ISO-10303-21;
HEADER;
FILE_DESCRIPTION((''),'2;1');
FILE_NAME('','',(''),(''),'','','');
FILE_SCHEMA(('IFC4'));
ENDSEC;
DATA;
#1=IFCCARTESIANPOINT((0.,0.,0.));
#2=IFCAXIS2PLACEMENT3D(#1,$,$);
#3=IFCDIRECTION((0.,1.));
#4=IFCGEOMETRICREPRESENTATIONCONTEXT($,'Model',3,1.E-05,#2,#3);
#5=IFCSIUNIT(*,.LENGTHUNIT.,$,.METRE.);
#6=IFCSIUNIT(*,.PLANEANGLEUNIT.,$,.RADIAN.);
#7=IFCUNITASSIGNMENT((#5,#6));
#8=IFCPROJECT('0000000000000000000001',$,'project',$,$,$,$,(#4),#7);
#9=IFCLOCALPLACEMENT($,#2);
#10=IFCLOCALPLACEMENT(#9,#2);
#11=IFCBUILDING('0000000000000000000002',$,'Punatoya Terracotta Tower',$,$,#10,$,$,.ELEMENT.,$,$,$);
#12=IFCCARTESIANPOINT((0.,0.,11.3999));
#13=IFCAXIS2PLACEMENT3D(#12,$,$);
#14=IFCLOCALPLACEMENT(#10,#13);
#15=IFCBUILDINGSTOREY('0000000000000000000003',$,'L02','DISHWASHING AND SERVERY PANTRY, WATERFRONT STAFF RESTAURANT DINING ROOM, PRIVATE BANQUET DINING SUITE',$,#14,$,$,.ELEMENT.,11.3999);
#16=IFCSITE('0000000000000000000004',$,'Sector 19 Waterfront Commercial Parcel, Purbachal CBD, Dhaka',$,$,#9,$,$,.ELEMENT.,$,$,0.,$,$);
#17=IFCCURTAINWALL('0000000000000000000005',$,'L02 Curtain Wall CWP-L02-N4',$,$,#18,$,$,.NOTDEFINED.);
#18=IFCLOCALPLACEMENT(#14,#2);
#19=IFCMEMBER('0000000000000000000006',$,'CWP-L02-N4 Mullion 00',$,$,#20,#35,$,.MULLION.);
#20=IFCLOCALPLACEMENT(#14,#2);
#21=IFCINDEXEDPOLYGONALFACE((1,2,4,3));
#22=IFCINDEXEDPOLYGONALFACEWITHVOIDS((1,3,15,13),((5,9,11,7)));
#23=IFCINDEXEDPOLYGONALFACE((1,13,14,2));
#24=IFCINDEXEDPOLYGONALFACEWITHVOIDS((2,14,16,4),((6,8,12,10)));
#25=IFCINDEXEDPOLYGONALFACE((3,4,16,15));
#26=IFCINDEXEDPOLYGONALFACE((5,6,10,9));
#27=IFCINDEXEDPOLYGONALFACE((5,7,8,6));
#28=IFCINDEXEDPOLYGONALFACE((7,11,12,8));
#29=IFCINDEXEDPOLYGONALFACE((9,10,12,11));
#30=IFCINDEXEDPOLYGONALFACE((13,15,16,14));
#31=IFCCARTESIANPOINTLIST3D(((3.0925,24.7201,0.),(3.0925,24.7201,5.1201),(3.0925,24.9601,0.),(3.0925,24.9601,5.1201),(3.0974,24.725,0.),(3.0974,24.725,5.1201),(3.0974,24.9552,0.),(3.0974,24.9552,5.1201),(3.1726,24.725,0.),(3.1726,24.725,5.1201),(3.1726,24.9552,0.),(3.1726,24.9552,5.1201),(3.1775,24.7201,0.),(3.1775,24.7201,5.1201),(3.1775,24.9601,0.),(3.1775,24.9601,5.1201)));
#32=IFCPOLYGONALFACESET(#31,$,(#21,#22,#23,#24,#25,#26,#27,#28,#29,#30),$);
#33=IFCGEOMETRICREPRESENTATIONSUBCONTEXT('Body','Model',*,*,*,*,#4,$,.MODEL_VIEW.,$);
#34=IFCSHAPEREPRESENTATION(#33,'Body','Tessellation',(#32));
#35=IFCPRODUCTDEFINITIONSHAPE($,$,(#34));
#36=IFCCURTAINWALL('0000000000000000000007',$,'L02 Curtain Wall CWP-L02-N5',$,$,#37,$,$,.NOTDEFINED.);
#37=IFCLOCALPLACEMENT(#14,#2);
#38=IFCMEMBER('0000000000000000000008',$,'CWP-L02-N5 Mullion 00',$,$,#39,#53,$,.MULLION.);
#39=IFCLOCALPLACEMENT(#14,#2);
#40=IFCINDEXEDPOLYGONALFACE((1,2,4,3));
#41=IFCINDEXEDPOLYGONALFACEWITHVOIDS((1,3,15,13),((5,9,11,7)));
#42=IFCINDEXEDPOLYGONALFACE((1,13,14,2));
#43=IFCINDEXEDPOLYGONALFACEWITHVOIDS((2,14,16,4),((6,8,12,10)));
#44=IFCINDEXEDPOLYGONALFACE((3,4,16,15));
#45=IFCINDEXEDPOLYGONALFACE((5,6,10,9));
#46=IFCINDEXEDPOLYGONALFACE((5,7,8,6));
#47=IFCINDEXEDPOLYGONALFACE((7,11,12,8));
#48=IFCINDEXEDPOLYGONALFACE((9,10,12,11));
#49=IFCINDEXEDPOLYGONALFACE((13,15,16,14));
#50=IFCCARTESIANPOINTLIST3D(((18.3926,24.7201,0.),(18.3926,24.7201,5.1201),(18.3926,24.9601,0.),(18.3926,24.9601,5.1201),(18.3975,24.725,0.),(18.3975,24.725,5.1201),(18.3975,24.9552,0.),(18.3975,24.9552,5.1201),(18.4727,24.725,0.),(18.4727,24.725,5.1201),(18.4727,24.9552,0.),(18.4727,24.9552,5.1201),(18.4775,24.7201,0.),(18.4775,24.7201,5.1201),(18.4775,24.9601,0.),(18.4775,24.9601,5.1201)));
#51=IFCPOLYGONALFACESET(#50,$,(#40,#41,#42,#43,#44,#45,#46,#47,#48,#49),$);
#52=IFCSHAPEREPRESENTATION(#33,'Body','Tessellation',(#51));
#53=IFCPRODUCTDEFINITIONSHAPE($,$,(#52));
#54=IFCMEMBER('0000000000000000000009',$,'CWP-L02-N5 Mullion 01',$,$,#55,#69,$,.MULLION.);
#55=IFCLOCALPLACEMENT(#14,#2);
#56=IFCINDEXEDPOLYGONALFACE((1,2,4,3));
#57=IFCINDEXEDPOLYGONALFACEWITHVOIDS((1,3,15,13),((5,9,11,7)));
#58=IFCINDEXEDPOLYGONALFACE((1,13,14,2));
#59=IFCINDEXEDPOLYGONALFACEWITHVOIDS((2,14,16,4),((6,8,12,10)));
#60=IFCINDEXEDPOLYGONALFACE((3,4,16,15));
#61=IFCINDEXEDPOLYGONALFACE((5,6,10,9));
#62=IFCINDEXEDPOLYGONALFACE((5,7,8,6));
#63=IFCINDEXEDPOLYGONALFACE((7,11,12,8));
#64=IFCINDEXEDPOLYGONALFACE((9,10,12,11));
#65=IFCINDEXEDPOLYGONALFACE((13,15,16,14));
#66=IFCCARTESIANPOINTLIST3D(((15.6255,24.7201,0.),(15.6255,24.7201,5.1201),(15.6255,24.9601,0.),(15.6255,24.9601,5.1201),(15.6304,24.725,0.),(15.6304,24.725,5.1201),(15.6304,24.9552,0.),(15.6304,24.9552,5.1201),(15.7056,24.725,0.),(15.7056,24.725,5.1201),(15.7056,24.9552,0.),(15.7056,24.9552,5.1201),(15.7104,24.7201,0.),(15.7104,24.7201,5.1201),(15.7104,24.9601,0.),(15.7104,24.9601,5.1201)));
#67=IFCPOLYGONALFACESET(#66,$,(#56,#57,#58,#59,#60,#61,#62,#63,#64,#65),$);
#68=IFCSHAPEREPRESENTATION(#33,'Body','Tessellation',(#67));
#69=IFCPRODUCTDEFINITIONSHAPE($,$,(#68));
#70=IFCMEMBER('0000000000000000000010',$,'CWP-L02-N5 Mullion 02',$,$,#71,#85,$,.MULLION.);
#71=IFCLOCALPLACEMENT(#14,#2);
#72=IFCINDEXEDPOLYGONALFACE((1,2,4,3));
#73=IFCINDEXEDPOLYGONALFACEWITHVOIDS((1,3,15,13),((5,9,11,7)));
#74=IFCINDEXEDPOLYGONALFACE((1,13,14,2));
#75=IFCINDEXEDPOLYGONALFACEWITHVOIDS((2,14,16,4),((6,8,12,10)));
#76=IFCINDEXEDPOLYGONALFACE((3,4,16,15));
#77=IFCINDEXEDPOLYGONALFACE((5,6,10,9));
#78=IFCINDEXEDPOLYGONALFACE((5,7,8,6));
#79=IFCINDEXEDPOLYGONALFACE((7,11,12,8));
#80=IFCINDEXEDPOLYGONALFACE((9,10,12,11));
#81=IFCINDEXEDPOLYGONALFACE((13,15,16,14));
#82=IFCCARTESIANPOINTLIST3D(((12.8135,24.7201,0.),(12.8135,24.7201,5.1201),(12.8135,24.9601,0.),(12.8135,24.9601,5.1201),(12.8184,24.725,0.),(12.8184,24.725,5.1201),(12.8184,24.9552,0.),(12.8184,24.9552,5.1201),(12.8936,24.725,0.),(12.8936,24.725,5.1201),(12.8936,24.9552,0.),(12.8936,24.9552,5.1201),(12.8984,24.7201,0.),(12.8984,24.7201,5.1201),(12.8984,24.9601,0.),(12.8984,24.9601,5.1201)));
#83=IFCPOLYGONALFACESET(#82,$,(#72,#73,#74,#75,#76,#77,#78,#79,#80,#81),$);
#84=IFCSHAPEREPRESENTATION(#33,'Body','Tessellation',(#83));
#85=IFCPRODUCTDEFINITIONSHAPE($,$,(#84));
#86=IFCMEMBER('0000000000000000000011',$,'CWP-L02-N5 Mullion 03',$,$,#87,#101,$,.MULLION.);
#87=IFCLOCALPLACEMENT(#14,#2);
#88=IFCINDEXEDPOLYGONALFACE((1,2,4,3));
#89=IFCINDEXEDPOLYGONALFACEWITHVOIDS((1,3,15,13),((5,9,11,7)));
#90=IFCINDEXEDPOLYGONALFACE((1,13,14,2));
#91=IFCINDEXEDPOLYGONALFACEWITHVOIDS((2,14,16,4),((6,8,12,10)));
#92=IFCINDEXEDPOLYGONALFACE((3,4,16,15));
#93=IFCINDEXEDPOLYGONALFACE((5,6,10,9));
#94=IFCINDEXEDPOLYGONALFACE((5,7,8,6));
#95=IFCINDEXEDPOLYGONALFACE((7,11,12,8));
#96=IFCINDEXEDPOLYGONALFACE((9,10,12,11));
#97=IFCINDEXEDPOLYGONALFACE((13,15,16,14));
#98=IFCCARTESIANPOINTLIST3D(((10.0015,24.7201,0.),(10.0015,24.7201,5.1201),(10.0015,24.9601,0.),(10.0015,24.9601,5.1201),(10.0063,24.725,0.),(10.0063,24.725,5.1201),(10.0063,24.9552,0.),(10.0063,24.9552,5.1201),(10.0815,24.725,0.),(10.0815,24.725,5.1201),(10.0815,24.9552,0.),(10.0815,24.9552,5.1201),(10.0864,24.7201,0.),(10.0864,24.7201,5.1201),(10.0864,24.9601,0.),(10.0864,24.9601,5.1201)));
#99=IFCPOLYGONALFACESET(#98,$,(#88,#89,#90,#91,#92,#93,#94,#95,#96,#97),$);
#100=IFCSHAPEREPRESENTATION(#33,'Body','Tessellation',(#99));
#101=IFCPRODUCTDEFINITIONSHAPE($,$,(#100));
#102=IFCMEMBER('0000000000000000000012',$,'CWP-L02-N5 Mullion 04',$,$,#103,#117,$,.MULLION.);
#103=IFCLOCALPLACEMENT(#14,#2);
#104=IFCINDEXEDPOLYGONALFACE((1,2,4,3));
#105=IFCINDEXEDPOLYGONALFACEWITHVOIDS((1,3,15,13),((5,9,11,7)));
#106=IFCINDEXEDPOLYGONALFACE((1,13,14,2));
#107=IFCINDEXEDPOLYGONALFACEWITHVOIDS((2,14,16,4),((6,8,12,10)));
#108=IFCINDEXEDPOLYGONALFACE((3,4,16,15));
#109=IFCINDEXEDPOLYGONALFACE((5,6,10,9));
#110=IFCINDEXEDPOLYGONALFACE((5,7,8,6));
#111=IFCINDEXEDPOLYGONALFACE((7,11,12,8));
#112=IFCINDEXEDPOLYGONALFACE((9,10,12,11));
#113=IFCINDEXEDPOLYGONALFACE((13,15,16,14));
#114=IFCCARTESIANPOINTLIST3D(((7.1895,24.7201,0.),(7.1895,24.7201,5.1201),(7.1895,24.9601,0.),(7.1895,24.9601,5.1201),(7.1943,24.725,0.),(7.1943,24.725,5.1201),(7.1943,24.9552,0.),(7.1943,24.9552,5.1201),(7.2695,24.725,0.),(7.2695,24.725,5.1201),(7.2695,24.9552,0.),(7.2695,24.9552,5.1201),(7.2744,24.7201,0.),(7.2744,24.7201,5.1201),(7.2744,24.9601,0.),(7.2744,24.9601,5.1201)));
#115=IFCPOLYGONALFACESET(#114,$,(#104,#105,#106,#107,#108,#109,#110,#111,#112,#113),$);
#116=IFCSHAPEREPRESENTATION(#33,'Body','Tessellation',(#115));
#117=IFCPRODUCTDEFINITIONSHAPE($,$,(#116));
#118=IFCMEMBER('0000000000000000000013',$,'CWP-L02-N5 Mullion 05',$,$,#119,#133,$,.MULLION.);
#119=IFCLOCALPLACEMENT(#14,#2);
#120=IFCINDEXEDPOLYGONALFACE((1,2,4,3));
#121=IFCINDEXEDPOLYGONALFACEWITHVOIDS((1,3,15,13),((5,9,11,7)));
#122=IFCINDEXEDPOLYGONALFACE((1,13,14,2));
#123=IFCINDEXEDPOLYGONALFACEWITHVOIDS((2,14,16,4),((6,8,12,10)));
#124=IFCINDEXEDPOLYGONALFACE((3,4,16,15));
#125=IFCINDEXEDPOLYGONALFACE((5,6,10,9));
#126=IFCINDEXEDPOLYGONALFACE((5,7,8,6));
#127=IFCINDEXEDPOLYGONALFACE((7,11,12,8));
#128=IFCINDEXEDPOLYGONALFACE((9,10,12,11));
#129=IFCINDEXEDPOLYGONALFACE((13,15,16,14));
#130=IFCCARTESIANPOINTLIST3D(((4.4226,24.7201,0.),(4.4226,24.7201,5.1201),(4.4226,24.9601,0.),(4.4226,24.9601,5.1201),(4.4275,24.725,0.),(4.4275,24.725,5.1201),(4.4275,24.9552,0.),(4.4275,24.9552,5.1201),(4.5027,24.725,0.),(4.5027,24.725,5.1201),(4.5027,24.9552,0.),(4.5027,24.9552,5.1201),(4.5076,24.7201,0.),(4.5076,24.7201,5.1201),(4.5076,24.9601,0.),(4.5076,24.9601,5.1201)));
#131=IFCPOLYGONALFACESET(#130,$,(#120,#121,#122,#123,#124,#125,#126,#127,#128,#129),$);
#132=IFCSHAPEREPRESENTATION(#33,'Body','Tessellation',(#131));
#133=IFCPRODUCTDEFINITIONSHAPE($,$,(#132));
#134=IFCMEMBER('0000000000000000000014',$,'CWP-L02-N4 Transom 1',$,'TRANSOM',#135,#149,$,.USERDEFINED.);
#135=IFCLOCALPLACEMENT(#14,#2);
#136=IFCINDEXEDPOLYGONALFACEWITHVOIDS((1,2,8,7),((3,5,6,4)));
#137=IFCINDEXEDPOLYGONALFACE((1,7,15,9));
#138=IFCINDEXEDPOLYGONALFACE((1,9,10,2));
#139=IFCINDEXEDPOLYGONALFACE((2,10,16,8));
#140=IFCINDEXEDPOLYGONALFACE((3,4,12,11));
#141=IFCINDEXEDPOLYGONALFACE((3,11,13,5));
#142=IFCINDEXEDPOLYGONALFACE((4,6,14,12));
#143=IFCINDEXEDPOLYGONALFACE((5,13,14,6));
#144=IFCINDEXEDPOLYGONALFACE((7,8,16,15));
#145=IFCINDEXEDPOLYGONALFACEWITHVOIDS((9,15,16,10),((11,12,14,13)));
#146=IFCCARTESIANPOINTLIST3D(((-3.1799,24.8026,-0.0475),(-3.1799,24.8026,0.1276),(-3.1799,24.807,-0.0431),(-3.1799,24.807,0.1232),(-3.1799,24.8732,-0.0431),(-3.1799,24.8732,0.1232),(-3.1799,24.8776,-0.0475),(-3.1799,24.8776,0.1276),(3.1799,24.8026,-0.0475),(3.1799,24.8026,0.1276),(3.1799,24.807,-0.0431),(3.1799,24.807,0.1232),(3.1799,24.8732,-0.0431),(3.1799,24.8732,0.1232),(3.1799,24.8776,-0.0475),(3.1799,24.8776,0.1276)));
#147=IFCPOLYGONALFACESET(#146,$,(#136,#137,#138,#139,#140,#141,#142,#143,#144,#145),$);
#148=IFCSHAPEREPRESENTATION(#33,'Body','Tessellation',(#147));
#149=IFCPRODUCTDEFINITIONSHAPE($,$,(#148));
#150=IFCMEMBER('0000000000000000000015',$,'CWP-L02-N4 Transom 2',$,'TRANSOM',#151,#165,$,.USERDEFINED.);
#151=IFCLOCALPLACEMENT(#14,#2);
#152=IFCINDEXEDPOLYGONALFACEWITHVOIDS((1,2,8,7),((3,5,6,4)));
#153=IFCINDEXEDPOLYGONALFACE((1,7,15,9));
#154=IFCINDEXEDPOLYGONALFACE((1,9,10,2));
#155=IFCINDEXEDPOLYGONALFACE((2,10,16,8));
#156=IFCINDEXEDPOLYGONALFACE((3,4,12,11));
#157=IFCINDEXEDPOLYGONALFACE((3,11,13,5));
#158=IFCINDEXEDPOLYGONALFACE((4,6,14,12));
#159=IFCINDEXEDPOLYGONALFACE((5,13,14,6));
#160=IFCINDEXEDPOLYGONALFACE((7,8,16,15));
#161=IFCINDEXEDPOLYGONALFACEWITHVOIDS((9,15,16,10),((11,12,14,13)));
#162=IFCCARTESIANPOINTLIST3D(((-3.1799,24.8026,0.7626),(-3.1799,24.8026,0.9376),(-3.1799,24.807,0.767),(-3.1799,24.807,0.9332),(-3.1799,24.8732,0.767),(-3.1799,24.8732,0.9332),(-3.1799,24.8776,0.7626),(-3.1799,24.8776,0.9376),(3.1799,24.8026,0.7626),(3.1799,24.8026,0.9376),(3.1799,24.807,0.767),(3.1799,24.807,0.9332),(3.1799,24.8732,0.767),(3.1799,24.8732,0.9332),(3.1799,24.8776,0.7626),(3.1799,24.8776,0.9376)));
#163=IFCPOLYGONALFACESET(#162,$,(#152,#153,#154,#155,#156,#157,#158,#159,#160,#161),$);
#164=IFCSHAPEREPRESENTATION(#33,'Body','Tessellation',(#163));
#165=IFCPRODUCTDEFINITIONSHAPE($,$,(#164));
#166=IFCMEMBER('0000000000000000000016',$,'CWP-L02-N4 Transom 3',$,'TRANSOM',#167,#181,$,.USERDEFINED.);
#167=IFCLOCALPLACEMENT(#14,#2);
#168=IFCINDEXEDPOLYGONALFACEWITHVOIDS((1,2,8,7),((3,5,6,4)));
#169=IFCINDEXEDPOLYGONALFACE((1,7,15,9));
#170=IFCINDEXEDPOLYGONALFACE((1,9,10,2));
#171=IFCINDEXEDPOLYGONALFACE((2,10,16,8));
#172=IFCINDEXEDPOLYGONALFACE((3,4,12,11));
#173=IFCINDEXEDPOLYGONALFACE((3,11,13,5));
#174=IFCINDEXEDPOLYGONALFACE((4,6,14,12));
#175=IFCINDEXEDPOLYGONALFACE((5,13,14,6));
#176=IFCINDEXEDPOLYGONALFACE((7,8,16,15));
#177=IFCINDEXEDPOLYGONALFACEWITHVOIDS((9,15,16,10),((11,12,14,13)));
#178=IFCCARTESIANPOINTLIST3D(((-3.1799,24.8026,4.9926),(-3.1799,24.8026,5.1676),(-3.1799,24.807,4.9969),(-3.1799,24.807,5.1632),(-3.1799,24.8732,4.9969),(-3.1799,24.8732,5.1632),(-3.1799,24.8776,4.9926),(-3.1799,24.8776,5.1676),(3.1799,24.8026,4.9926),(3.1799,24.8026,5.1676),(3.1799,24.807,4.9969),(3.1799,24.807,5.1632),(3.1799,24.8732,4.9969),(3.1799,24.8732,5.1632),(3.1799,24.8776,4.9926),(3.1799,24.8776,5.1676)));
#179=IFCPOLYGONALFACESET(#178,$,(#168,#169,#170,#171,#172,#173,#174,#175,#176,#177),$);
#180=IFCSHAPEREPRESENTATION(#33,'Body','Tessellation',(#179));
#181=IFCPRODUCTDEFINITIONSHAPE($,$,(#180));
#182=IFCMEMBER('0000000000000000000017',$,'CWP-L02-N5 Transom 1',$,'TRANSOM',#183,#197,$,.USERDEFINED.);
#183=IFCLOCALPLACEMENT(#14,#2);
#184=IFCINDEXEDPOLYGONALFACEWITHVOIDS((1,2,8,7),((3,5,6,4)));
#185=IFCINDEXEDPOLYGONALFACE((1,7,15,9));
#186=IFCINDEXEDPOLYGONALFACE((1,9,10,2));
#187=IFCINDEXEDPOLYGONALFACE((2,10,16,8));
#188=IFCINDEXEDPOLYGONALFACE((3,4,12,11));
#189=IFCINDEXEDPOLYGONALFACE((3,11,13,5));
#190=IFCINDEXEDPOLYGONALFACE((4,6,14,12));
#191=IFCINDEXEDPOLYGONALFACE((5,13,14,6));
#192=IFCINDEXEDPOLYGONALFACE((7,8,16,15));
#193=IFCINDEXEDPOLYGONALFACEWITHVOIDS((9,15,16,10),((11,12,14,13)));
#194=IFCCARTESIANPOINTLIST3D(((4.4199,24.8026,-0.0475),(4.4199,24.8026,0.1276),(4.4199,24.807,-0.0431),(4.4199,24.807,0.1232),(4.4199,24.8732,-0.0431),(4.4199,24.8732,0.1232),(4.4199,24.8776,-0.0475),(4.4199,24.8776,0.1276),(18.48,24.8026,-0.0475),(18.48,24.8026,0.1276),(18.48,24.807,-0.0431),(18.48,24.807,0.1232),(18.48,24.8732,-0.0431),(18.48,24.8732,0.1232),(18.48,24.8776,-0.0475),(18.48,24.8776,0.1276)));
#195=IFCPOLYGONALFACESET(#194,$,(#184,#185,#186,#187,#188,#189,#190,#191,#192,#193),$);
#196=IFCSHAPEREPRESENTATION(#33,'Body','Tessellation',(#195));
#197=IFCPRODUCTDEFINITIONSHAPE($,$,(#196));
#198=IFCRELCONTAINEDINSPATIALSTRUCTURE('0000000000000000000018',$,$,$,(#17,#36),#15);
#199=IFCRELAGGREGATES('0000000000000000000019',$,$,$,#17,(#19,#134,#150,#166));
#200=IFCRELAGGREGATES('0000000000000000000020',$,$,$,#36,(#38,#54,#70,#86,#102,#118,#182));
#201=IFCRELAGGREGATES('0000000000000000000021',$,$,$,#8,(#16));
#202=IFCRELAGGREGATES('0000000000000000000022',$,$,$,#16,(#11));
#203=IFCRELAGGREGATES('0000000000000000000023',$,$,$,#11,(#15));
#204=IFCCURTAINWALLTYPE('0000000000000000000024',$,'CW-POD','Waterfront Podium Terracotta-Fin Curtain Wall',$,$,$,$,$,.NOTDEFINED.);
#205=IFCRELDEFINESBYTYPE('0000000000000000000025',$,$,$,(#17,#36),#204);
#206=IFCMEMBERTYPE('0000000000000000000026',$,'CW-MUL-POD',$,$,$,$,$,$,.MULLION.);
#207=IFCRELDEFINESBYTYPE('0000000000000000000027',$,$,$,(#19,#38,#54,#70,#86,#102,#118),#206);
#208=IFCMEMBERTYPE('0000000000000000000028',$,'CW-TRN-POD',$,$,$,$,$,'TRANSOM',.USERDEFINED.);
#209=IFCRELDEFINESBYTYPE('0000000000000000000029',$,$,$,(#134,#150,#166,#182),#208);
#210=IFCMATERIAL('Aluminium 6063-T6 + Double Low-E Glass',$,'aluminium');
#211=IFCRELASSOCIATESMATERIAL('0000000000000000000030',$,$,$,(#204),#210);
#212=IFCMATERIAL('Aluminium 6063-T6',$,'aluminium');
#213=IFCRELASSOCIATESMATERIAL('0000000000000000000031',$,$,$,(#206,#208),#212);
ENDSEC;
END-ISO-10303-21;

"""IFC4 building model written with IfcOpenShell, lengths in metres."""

from ifc_helpers import new_model, si_unit, direction, frame, origin, origin_2d, place, context, subcontext, project, spatial, hollow_rectangle, extrude, material, material_profile, profile_set, type_object, element, aggregate, save


model = new_model("IFC4")

# Units and contexts
model_context = context("Model", 3, precision=1e-05, world=origin(), true_north=direction((0.0, 1.0)))
body_context = subcontext(model_context, "Body", "Model", "MODEL_VIEW")
ifc_project = project(units=[si_unit("LENGTHUNIT", "METRE"), si_unit("PLANEANGLEUNIT", "RADIAN")], contexts=[model_context])

# Site, building, storey
site_placement = place(None, origin())
site = spatial("IfcSite", under=ifc_project, at=site_placement, Name="Sector 19 Waterfront Commercial Parcel, Purbachal CBD, Dhaka", CompositionType="ELEMENT", RefElevation=0.0)
building_placement = place(site_placement, origin())
building = spatial("IfcBuilding", under=site, at=building_placement, Name="Punatoya Terracotta Tower", CompositionType="ELEMENT")
storey_placement = place(building_placement, frame((0.0, 0.0, 11.3999)))
storey = spatial("IfcBuildingStorey", under=building, at=storey_placement, Name="L02", Description="DISHWASHING AND SERVERY PANTRY, WATERFRONT STAFF RESTAURANT DINING ROOM, PRIVATE BANQUET DINING SUITE", CompositionType="ELEMENT", Elevation=11.3999)

# Curtain wall, member
ifc_material_1 = material(Name="Aluminium 6063-T6 + Double Low-E Glass", Category="aluminium")
curtain_wall_type = type_object("IfcCurtainWallType", Name="CW-POD", Description="Waterfront Podium Terracotta-Fin Curtain Wall", PredefinedType="NOTDEFINED", material=ifc_material_1)
curtain_wall_1_placement = place(storey_placement, origin())
curtain_wall_1 = element("IfcCurtainWall", 1, at=curtain_wall_1_placement, inside=storey, type_object=curtain_wall_type, Name="L02 Curtain Wall CWP-L02-N4", PredefinedType="NOTDEFINED")
ifc_material_2 = material(Name="Aluminium 6063-T6", Category="aluminium")
ifc_material_profile_1 = material_profile(ifc_material_2, hollow_rectangle(XDim=0.085, YDim=0.24, WallThickness=0.0049, at=origin_2d()))
ifc_profile_set_1 = profile_set([ifc_material_profile_1], Name="Aluminium 6063-T6")
member_type_1 = type_object("IfcMemberType", Name="CW-MUL-POD", PredefinedType="MULLION", material=ifc_profile_set_1)
member_1_placement = place(storey_placement, frame((3.135, 24.8401, 0.0), z_axis=(0.0, 0.0, 1.0), x_axis=(1.0, 0.0, 0.0)))
member_1 = element("IfcMember", 2, at=member_1_placement, type_object=member_type_1, Name="CWP-L02-N4 Mullion 00", PredefinedType="MULLION", context=body_context, shape_type="SweptSolid", body=[
    extrude(hollow_rectangle(XDim=0.085, YDim=0.24, WallThickness=0.0049, at=origin_2d()), origin(), (0.0, 0.0, 1.0), 5.1201),
])

# Curtain wall, members
curtain_wall_2_placement = place(storey_placement, origin())
curtain_wall_2 = element("IfcCurtainWall", 3, at=curtain_wall_2_placement, inside=storey, type_object=curtain_wall_type, Name="L02 Curtain Wall CWP-L02-N5", PredefinedType="NOTDEFINED")
member_2_placement = place(storey_placement, frame((18.4351, 24.8401, 0.0), z_axis=(0.0, 0.0, 1.0), x_axis=(1.0, 0.0, 0.0)))
member_2 = element("IfcMember", 4, at=member_2_placement, type_object=member_type_1, Name="CWP-L02-N5 Mullion 00", PredefinedType="MULLION", context=body_context, shape_type="SweptSolid", body=[
    extrude(hollow_rectangle(XDim=0.085, YDim=0.24, WallThickness=0.0049, at=origin_2d()), origin(), (0.0, 0.0, 1.0), 5.1201),
])
member_3_placement = place(storey_placement, frame((15.668, 24.8401, 0.0), z_axis=(0.0, 0.0, 1.0), x_axis=(1.0, 0.0, 0.0)))
member_3 = element("IfcMember", 5, at=member_3_placement, type_object=member_type_1, Name="CWP-L02-N5 Mullion 01", PredefinedType="MULLION", context=body_context, shape_type="SweptSolid", body=[
    extrude(hollow_rectangle(XDim=0.085, YDim=0.24, WallThickness=0.0049, at=origin_2d()), origin(), (0.0, 0.0, 1.0), 5.1201),
])
member_4_placement = place(storey_placement, frame((12.856, 24.8401, 0.0), z_axis=(0.0, 0.0, 1.0), x_axis=(1.0, 0.0, 0.0)))
member_4 = element("IfcMember", 6, at=member_4_placement, type_object=member_type_1, Name="CWP-L02-N5 Mullion 02", PredefinedType="MULLION", context=body_context, shape_type="SweptSolid", body=[
    extrude(hollow_rectangle(XDim=0.085, YDim=0.24, WallThickness=0.0049, at=origin_2d()), origin(), (0.0, 0.0, 1.0), 5.1201),
])
member_5_placement = place(storey_placement, frame((10.0439, 24.8401, 0.0), z_axis=(0.0, 0.0, 1.0), x_axis=(1.0, 0.0, 0.0)))
member_5 = element("IfcMember", 7, at=member_5_placement, type_object=member_type_1, Name="CWP-L02-N5 Mullion 03", PredefinedType="MULLION", context=body_context, shape_type="SweptSolid", body=[
    extrude(hollow_rectangle(XDim=0.085, YDim=0.24, WallThickness=0.0049, at=origin_2d()), origin(), (0.0, 0.0, 1.0), 5.1201),
])
member_6_placement = place(storey_placement, frame((7.2319, 24.8401, 0.0), z_axis=(0.0, 0.0, 1.0), x_axis=(1.0, 0.0, 0.0)))
member_6 = element("IfcMember", 8, at=member_6_placement, type_object=member_type_1, Name="CWP-L02-N5 Mullion 04", PredefinedType="MULLION", context=body_context, shape_type="SweptSolid", body=[
    extrude(hollow_rectangle(XDim=0.085, YDim=0.24, WallThickness=0.0049, at=origin_2d()), origin(), (0.0, 0.0, 1.0), 5.1201),
])
member_7_placement = place(storey_placement, frame((4.4651, 24.8401, 0.0), z_axis=(0.0, 0.0, 1.0), x_axis=(1.0, 0.0, 0.0)))
member_7 = element("IfcMember", 9, at=member_7_placement, type_object=member_type_1, Name="CWP-L02-N5 Mullion 05", PredefinedType="MULLION", context=body_context, shape_type="SweptSolid", body=[
    extrude(hollow_rectangle(XDim=0.085, YDim=0.24, WallThickness=0.0049, at=origin_2d()), origin(), (0.0, 0.0, 1.0), 5.1201),
])

# Members
ifc_material_profile_2 = material_profile(ifc_material_2, hollow_rectangle(XDim=0.075, YDim=0.175, WallThickness=0.0044, at=origin_2d()))
ifc_profile_set_2 = profile_set([ifc_material_profile_2], Name="Aluminium 6063-T6")
member_type_2 = type_object("IfcMemberType", Name="CW-TRN-POD", ElementType="TRANSOM", PredefinedType="USERDEFINED", material=ifc_profile_set_2)
member_8_placement = place(storey_placement, frame((3.1799, 24.8401, 0.04), z_axis=(-1.0, 0.0, 0.0), x_axis=(0.0, -1.0, 0.0)))
member_8 = element("IfcMember", 10, at=member_8_placement, type_object=member_type_2, Name="CWP-L02-N4 Transom 1", ObjectType="TRANSOM", PredefinedType="USERDEFINED", context=body_context, shape_type="SweptSolid", body=[
    extrude(hollow_rectangle(XDim=0.075, YDim=0.175, WallThickness=0.0044, at=origin_2d()), origin(), (0.0, 0.0, 1.0), 6.3599),
])
member_9_placement = place(storey_placement, frame((3.1799, 24.8401, 0.8501), z_axis=(-1.0, 0.0, 0.0), x_axis=(0.0, -1.0, 0.0)))
member_9 = element("IfcMember", 11, at=member_9_placement, type_object=member_type_2, Name="CWP-L02-N4 Transom 2", ObjectType="TRANSOM", PredefinedType="USERDEFINED", context=body_context, shape_type="SweptSolid", body=[
    extrude(hollow_rectangle(XDim=0.075, YDim=0.175, WallThickness=0.0044, at=origin_2d()), origin(), (0.0, 0.0, 1.0), 6.3599),
])
member_10_placement = place(storey_placement, frame((3.1799, 24.8401, 5.0801), z_axis=(-1.0, 0.0, 0.0), x_axis=(0.0, -1.0, 0.0)))
member_10 = element("IfcMember", 12, at=member_10_placement, type_object=member_type_2, Name="CWP-L02-N4 Transom 3", ObjectType="TRANSOM", PredefinedType="USERDEFINED", context=body_context, shape_type="SweptSolid", body=[
    extrude(hollow_rectangle(XDim=0.075, YDim=0.175, WallThickness=0.0044, at=origin_2d()), origin(), (0.0, 0.0, 1.0), 6.3599),
])
member_11_placement = place(storey_placement, frame((18.48, 24.8401, 0.04), z_axis=(-1.0, 0.0, 0.0), x_axis=(0.0, -1.0, 0.0)))
member_11 = element("IfcMember", 13, at=member_11_placement, type_object=member_type_2, Name="CWP-L02-N5 Transom 1", ObjectType="TRANSOM", PredefinedType="USERDEFINED", context=body_context, shape_type="SweptSolid", body=[
    extrude(hollow_rectangle(XDim=0.075, YDim=0.175, WallThickness=0.0044, at=origin_2d()), origin(), (0.0, 0.0, 1.0), 14.0601),
])

aggregate(curtain_wall_1, [member_1, member_8, member_9, member_10])
aggregate(curtain_wall_2, [member_2, member_3, member_4, member_5, member_6, member_7, member_11])

save(model, "model.ifc")
